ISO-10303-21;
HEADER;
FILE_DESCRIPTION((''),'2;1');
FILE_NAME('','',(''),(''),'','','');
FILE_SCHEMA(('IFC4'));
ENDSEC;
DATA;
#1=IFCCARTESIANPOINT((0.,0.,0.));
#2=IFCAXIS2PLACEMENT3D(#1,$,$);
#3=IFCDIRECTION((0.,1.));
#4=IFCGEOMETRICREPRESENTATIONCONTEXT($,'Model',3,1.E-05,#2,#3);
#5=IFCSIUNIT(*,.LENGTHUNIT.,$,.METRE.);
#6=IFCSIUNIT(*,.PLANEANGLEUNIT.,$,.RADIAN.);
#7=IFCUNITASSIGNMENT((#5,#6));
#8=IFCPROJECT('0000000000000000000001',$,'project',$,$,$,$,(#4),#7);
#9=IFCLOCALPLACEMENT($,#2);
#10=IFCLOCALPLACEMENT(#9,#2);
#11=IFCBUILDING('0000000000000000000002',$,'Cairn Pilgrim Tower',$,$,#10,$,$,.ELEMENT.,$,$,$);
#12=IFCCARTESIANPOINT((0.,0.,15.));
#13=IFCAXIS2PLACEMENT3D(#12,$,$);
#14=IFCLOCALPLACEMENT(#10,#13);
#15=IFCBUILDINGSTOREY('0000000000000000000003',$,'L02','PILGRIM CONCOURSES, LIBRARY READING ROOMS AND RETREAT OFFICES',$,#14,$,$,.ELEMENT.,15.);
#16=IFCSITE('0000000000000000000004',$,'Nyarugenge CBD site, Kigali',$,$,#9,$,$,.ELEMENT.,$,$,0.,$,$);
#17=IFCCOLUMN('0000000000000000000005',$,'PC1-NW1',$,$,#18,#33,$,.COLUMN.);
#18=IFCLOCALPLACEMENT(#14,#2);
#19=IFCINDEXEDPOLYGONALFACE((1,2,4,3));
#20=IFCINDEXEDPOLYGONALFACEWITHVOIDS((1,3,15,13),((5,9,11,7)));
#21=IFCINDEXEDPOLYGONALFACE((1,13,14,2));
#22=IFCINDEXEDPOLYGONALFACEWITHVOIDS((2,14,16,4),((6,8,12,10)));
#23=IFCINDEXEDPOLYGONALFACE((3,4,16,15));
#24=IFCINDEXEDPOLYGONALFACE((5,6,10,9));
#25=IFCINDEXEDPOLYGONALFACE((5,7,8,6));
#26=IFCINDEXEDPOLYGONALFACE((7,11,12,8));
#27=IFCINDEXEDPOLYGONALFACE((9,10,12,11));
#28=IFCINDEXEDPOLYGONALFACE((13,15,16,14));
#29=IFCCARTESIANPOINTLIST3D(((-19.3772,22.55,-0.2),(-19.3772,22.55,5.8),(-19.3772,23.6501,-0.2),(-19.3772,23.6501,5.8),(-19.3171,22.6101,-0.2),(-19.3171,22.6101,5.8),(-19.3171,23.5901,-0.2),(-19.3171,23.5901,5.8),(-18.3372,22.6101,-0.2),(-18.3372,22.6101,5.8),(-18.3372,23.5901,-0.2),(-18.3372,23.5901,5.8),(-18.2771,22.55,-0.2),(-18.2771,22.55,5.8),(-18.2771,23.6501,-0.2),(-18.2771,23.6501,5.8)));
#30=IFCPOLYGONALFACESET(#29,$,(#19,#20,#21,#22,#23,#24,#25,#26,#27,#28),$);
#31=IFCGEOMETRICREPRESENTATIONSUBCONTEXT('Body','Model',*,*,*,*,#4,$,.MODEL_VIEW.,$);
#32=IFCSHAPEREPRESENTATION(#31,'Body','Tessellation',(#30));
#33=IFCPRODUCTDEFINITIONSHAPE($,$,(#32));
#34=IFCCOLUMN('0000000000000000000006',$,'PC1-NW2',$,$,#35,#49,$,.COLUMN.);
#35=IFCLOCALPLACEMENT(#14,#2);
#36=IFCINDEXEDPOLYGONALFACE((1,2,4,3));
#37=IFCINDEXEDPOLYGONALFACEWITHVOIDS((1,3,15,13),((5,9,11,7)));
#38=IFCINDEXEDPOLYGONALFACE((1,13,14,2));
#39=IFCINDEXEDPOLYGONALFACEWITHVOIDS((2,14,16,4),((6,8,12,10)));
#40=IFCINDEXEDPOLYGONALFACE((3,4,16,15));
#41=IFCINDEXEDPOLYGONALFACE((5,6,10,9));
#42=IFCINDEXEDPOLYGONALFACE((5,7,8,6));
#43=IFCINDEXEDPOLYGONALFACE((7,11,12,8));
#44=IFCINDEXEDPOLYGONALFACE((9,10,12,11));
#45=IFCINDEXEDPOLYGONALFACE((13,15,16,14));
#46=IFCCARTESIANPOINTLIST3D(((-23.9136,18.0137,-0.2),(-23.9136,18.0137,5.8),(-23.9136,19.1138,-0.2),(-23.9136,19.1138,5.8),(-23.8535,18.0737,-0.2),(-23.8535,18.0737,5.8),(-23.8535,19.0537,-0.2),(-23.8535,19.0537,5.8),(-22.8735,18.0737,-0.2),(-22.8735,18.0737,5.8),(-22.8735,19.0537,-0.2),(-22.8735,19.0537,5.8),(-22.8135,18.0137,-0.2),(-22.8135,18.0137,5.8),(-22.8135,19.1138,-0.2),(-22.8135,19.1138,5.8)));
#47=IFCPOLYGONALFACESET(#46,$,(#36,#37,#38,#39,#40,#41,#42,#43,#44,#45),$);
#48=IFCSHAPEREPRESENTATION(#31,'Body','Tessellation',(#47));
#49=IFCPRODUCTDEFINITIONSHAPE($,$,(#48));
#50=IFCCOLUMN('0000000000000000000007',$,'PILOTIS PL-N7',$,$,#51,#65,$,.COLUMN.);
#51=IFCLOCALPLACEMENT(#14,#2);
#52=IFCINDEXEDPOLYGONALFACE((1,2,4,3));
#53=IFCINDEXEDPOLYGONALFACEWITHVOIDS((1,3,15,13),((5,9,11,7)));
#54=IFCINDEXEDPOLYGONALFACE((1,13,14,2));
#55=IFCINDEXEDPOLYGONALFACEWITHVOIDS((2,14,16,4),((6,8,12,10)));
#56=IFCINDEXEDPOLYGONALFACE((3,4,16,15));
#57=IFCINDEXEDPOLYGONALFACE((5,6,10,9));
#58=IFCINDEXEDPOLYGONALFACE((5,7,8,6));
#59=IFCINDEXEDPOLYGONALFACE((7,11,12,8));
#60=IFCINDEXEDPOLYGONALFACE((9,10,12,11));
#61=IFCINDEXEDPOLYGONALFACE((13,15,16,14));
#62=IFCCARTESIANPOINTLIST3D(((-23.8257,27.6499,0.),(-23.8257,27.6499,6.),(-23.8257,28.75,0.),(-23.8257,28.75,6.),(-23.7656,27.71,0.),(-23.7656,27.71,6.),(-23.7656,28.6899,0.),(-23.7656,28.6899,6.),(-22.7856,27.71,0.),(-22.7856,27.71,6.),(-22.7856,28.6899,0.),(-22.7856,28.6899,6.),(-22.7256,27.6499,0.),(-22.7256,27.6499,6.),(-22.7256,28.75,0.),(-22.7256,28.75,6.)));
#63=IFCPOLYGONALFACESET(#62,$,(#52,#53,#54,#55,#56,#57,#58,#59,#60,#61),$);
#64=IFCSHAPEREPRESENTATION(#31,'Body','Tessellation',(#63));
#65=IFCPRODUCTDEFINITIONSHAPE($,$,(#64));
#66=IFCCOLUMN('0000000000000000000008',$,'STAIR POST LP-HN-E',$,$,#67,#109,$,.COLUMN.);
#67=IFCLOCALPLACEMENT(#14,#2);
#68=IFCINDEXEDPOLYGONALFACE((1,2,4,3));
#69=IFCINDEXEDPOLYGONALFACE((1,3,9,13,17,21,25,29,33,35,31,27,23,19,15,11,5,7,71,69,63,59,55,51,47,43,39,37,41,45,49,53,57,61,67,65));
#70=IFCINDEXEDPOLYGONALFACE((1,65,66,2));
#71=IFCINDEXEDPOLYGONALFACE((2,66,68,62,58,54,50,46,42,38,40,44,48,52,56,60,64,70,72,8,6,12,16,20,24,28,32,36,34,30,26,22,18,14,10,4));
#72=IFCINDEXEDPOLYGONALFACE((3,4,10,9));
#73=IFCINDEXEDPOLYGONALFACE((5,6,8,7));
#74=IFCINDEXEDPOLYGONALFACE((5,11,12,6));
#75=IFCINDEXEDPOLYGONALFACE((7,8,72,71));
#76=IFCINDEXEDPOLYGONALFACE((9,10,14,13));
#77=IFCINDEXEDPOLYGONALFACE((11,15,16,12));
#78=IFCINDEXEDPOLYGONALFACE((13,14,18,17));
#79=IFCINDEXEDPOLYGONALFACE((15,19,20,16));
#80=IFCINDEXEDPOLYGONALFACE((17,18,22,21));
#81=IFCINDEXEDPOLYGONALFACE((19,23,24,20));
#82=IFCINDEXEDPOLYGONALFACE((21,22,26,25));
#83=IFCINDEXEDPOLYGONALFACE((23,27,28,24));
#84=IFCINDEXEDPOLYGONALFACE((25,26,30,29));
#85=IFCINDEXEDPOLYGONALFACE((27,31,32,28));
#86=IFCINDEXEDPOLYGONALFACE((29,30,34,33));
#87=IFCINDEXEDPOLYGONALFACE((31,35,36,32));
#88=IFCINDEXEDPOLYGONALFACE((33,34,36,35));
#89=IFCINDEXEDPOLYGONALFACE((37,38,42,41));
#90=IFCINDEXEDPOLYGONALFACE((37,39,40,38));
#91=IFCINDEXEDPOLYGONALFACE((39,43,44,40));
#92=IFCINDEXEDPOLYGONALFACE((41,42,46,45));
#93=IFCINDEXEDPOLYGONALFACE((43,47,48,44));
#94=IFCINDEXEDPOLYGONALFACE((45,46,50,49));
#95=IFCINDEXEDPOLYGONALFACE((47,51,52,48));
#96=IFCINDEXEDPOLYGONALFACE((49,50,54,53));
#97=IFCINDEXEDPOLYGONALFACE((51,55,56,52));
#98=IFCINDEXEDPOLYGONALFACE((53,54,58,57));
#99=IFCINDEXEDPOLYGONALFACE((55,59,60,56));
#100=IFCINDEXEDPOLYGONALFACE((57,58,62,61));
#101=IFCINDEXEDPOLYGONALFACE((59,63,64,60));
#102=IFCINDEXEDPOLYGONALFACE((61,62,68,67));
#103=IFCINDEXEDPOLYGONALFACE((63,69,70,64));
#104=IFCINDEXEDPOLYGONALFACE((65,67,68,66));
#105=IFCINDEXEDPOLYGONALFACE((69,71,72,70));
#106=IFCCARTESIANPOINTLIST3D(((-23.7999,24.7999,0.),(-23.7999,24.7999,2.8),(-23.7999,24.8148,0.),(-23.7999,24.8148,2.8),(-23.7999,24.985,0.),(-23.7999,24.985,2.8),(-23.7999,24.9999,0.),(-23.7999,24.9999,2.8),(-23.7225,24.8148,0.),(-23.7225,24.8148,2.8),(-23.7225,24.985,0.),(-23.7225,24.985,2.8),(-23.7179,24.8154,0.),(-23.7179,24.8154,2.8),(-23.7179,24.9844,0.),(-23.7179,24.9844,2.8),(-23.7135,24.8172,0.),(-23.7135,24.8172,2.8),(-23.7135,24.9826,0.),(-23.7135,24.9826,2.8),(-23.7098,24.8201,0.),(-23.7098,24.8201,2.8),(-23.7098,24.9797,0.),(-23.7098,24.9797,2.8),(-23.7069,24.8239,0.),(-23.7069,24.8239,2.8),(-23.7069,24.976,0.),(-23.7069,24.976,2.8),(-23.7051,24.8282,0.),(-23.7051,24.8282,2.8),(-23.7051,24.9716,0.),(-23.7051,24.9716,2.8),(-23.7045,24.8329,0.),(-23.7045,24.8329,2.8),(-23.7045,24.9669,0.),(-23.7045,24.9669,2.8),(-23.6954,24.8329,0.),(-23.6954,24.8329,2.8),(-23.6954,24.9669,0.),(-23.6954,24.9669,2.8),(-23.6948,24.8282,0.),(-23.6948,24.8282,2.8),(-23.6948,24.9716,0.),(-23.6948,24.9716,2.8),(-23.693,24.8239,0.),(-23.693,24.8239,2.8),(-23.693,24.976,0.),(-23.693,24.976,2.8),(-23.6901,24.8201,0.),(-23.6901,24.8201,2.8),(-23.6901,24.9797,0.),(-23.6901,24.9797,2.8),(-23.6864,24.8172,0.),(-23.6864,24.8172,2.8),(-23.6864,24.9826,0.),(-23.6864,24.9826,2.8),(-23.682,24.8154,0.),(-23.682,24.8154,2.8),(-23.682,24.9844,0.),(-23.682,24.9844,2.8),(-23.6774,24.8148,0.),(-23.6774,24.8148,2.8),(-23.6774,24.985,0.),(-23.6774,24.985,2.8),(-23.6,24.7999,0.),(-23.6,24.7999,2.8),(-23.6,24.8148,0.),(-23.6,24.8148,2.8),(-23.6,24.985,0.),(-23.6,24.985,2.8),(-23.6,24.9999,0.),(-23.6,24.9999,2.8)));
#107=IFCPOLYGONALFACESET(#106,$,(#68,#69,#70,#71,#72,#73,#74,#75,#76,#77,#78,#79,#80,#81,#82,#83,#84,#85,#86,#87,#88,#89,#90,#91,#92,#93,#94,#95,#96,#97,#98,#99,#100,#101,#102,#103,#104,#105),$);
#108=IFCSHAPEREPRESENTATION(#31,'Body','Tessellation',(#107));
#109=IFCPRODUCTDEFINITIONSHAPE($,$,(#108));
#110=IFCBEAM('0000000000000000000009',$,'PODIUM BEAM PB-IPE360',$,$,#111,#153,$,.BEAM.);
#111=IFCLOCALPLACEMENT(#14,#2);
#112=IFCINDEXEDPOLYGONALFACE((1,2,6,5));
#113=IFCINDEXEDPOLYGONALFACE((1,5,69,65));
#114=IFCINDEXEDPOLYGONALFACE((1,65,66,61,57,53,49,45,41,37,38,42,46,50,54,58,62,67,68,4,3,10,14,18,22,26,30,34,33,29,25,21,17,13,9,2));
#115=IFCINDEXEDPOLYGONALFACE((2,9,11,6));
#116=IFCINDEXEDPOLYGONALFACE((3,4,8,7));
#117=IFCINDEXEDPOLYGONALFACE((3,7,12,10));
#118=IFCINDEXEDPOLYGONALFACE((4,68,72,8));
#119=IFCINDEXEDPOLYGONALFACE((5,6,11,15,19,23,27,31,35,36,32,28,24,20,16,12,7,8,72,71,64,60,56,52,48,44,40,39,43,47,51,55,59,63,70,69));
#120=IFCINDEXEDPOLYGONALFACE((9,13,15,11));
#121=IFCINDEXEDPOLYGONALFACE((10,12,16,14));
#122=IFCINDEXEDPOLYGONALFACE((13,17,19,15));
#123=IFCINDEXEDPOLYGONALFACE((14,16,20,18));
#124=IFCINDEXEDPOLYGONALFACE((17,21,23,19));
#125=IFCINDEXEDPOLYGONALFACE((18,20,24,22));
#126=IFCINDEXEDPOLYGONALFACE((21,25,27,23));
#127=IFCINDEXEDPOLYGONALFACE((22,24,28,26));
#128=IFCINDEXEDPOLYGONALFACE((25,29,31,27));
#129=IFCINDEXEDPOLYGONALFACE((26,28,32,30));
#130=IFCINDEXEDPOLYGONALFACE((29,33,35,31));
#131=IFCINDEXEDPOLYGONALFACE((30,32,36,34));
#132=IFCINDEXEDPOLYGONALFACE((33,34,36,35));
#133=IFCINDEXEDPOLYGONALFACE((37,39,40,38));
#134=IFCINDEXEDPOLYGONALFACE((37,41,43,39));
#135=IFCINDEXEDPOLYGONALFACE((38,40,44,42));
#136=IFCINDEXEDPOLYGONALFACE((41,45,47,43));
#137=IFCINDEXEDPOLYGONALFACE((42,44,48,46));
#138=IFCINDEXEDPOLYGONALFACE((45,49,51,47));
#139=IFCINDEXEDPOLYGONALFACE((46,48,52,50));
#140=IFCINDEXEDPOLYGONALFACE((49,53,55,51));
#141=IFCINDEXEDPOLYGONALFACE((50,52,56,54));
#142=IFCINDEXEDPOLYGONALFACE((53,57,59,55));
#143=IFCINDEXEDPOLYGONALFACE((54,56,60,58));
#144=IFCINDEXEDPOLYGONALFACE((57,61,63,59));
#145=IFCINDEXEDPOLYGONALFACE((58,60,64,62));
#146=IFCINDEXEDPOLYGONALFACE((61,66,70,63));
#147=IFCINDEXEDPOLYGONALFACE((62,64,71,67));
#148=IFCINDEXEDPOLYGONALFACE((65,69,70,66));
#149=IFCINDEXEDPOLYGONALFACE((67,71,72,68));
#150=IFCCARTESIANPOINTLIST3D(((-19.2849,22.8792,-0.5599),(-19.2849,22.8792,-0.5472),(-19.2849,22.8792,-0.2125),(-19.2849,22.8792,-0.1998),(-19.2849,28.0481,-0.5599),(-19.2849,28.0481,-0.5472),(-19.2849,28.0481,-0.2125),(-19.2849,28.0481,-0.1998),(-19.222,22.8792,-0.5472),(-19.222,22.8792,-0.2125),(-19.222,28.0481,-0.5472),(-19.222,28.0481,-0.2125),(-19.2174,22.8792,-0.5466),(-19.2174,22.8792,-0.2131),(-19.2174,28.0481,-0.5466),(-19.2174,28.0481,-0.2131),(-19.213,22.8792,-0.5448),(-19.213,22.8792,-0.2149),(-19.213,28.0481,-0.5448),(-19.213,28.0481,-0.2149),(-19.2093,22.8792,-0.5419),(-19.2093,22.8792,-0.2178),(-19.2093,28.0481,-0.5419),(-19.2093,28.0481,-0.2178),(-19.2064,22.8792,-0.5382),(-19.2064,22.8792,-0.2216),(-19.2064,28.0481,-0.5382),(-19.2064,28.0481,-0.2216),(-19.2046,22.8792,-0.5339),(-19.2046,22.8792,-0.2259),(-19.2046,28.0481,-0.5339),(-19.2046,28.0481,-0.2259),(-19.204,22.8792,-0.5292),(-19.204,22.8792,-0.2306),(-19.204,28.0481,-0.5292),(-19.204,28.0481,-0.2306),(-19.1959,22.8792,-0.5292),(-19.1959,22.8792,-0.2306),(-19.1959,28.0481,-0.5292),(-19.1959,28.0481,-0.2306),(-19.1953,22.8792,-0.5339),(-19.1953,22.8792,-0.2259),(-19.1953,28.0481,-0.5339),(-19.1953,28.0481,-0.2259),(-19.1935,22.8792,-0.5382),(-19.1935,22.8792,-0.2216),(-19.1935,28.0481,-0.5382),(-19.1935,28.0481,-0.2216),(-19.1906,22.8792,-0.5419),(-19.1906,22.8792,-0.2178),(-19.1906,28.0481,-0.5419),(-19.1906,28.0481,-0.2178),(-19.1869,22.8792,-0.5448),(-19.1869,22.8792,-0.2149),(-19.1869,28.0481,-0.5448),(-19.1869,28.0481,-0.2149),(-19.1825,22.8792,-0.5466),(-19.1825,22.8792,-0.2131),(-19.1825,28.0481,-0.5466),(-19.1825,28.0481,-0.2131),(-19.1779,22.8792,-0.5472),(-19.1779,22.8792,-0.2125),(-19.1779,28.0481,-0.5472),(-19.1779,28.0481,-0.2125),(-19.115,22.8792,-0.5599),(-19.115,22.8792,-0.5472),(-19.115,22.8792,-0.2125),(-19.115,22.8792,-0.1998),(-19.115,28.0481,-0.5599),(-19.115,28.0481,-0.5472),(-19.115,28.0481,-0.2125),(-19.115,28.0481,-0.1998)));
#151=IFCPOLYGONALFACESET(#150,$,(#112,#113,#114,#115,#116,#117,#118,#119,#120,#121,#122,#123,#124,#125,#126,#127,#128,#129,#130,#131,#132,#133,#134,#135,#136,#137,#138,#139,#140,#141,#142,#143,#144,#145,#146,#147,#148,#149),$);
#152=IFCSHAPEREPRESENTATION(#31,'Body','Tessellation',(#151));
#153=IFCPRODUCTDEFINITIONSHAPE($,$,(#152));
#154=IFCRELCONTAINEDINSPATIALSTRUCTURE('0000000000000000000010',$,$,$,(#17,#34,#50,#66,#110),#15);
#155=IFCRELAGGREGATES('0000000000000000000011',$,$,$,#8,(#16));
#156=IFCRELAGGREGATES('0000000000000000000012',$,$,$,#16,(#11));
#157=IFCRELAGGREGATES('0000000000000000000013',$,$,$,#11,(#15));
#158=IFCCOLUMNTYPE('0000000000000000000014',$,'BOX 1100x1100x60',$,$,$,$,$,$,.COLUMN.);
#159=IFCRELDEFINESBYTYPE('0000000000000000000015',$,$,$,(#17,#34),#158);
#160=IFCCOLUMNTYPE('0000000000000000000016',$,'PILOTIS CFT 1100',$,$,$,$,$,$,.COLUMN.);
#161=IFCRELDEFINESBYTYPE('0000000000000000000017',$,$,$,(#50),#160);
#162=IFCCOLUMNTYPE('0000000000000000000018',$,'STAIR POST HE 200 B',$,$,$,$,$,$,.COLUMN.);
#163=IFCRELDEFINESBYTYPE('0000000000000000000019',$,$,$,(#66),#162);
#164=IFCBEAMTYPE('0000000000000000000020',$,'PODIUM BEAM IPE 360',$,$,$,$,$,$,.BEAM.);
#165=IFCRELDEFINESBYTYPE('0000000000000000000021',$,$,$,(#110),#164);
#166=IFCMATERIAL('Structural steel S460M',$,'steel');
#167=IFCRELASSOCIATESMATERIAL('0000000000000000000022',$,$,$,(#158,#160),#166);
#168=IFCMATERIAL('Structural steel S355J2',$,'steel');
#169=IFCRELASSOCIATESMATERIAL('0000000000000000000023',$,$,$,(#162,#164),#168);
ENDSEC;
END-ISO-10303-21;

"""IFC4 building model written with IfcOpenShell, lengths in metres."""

from ifc_helpers import new_model, si_unit, direction, frame, origin, origin_2d, place, context, subcontext, project, spatial, hollow_rectangle, i_section, extrude, material, material_profile, profile_set, type_object, element, save


model = new_model("IFC4")

# Units and contexts
model_context = context("Model", 3, precision=1e-05, world=origin(), true_north=direction((0.0, 1.0)))
body_context = subcontext(model_context, "Body", "Model", "MODEL_VIEW")
ifc_project = project(units=[si_unit("LENGTHUNIT", "METRE"), si_unit("PLANEANGLEUNIT", "RADIAN")], contexts=[model_context])

# Site, building, storey
site_placement = place(None, origin())
site = spatial("IfcSite", under=ifc_project, at=site_placement, Name="Nyarugenge CBD site, Kigali", CompositionType="ELEMENT", RefElevation=0.0)
building_placement = place(site_placement, origin())
building = spatial("IfcBuilding", under=site, at=building_placement, Name="Cairn Pilgrim Tower", CompositionType="ELEMENT")
storey_placement = place(building_placement, frame((0.0, 0.0, 15.0)))
storey = spatial("IfcBuildingStorey", under=building, at=storey_placement, Name="L02", Description="PILGRIM CONCOURSES, LIBRARY READING ROOMS AND RETREAT OFFICES", CompositionType="ELEMENT", Elevation=15.0)

# Columns
ifc_material_1 = material(Name="Structural steel S460M", Category="steel")
ifc_material_profile_1 = material_profile(ifc_material_1, hollow_rectangle(XDim=1.1001, YDim=1.1001, WallThickness=0.0601, at=origin_2d()), Name="BOX 1100x1100x60")
ifc_profile_set_1 = profile_set([ifc_material_profile_1], Name="Structural steel S460M")
column_type_1 = type_object("IfcColumnType", Name="BOX 1100x1100x60", PredefinedType="COLUMN", material=ifc_profile_set_1)
for number, where, z_axis, x_axis, name in (
    (1, (-18.8271, 23.1001, -0.2), (0.0, 0.0, 1.0), (1.0, 0.0, 0.0), "PC1-NW1"),
    (2, (-23.3635, 18.5637, -0.2), (0.0, 0.0, 1.0), (1.0, 0.0, 0.0), "PC1-NW2"),
):
    element("IfcColumn", number, at=place(storey_placement, frame(where, z_axis=z_axis, x_axis=x_axis)), inside=storey, type_object=column_type_1, Name=name, PredefinedType="COLUMN", context=body_context, shape_type="SweptSolid", body=[
        extrude(hollow_rectangle(XDim=1.1001, YDim=1.1001, WallThickness=0.0601, at=origin_2d()), origin(), (0.0, 0.0, 1.0), 6.0),
    ])
ifc_material_profile_2 = material_profile(ifc_material_1, hollow_rectangle(XDim=1.1001, YDim=1.1001, WallThickness=0.0601, at=origin_2d()), Name="BOX 1100x1100x60")
ifc_profile_set_2 = profile_set([ifc_material_profile_2], Name="Structural steel S460M")
column_type_2 = type_object("IfcColumnType", Name="PILOTIS CFT 1100", PredefinedType="COLUMN", material=ifc_profile_set_2)
column_1_placement = place(storey_placement, frame((-23.2756, 28.2, 0.0), z_axis=(0.0, 0.0, 1.0), x_axis=(1.0, 0.0, 0.0)))
element("IfcColumn", 3, at=column_1_placement, inside=storey, type_object=column_type_2, Name="PILOTIS PL-N7", PredefinedType="COLUMN", context=body_context, shape_type="SweptSolid", body=[
    extrude(hollow_rectangle(XDim=1.1001, YDim=1.1001, WallThickness=0.0601, at=origin_2d()), origin(), (0.0, 0.0, 1.0), 6.0),
])
ifc_material_2 = material(Name="Structural steel S355J2", Category="steel")
ifc_material_profile_3 = material_profile(ifc_material_2, i_section(OverallWidth=0.2, OverallDepth=0.2, WebThickness=0.009, FlangeThickness=0.0149, FilletRadius=0.0181, at=origin_2d()), Name="HE 200 B")
ifc_profile_set_3 = profile_set([ifc_material_profile_3], Name="Structural steel S355J2")
column_type_3 = type_object("IfcColumnType", Name="STAIR POST HE 200 B", PredefinedType="COLUMN", material=ifc_profile_set_3)
column_2_placement = place(storey_placement, frame((-23.7, 24.8999, 0.0), z_axis=(0.0, 0.0, 1.0), x_axis=(1.0, 0.0, 0.0)))
element("IfcColumn", 4, at=column_2_placement, inside=storey, type_object=column_type_3, Name="STAIR POST LP-HN-E", PredefinedType="COLUMN", context=body_context, shape_type="SweptSolid", body=[
    extrude(i_section(OverallWidth=0.2, OverallDepth=0.2, WebThickness=0.009, FlangeThickness=0.0149, FilletRadius=0.0181, at=origin_2d()), origin(), (0.0, 0.0, 1.0), 2.8),
])

# Beam
ifc_material_profile_4 = material_profile(ifc_material_2, i_section(OverallWidth=0.1699, OverallDepth=0.3601, WebThickness=0.0081, FlangeThickness=0.0127, FilletRadius=0.0181, at=origin_2d()), Name="IPE 360")
ifc_profile_set_4 = profile_set([ifc_material_profile_4], Name="Structural steel S355J2")
beam_type_1 = type_object("IfcBeamType", Name="PODIUM BEAM IPE 360", PredefinedType="BEAM", material=ifc_profile_set_4)
beam_1_placement = place(storey_placement, frame((-19.2, 22.8792, -0.3799), z_axis=(0.0, 1.0, 0.0), x_axis=(-1.0, 0.0, 0.0)))
element("IfcBeam", 5, at=beam_1_placement, inside=storey, type_object=beam_type_1, Name="PODIUM BEAM PB-IPE360", PredefinedType="BEAM", context=body_context, shape_type="SweptSolid", body=[
    extrude(i_section(OverallWidth=0.1699, OverallDepth=0.3601, WebThickness=0.0081, FlangeThickness=0.0127, FilletRadius=0.0181, at=origin_2d()), origin(), (0.0, 0.0, 1.0), 5.1689),
])

save(model, "model.ifc")
